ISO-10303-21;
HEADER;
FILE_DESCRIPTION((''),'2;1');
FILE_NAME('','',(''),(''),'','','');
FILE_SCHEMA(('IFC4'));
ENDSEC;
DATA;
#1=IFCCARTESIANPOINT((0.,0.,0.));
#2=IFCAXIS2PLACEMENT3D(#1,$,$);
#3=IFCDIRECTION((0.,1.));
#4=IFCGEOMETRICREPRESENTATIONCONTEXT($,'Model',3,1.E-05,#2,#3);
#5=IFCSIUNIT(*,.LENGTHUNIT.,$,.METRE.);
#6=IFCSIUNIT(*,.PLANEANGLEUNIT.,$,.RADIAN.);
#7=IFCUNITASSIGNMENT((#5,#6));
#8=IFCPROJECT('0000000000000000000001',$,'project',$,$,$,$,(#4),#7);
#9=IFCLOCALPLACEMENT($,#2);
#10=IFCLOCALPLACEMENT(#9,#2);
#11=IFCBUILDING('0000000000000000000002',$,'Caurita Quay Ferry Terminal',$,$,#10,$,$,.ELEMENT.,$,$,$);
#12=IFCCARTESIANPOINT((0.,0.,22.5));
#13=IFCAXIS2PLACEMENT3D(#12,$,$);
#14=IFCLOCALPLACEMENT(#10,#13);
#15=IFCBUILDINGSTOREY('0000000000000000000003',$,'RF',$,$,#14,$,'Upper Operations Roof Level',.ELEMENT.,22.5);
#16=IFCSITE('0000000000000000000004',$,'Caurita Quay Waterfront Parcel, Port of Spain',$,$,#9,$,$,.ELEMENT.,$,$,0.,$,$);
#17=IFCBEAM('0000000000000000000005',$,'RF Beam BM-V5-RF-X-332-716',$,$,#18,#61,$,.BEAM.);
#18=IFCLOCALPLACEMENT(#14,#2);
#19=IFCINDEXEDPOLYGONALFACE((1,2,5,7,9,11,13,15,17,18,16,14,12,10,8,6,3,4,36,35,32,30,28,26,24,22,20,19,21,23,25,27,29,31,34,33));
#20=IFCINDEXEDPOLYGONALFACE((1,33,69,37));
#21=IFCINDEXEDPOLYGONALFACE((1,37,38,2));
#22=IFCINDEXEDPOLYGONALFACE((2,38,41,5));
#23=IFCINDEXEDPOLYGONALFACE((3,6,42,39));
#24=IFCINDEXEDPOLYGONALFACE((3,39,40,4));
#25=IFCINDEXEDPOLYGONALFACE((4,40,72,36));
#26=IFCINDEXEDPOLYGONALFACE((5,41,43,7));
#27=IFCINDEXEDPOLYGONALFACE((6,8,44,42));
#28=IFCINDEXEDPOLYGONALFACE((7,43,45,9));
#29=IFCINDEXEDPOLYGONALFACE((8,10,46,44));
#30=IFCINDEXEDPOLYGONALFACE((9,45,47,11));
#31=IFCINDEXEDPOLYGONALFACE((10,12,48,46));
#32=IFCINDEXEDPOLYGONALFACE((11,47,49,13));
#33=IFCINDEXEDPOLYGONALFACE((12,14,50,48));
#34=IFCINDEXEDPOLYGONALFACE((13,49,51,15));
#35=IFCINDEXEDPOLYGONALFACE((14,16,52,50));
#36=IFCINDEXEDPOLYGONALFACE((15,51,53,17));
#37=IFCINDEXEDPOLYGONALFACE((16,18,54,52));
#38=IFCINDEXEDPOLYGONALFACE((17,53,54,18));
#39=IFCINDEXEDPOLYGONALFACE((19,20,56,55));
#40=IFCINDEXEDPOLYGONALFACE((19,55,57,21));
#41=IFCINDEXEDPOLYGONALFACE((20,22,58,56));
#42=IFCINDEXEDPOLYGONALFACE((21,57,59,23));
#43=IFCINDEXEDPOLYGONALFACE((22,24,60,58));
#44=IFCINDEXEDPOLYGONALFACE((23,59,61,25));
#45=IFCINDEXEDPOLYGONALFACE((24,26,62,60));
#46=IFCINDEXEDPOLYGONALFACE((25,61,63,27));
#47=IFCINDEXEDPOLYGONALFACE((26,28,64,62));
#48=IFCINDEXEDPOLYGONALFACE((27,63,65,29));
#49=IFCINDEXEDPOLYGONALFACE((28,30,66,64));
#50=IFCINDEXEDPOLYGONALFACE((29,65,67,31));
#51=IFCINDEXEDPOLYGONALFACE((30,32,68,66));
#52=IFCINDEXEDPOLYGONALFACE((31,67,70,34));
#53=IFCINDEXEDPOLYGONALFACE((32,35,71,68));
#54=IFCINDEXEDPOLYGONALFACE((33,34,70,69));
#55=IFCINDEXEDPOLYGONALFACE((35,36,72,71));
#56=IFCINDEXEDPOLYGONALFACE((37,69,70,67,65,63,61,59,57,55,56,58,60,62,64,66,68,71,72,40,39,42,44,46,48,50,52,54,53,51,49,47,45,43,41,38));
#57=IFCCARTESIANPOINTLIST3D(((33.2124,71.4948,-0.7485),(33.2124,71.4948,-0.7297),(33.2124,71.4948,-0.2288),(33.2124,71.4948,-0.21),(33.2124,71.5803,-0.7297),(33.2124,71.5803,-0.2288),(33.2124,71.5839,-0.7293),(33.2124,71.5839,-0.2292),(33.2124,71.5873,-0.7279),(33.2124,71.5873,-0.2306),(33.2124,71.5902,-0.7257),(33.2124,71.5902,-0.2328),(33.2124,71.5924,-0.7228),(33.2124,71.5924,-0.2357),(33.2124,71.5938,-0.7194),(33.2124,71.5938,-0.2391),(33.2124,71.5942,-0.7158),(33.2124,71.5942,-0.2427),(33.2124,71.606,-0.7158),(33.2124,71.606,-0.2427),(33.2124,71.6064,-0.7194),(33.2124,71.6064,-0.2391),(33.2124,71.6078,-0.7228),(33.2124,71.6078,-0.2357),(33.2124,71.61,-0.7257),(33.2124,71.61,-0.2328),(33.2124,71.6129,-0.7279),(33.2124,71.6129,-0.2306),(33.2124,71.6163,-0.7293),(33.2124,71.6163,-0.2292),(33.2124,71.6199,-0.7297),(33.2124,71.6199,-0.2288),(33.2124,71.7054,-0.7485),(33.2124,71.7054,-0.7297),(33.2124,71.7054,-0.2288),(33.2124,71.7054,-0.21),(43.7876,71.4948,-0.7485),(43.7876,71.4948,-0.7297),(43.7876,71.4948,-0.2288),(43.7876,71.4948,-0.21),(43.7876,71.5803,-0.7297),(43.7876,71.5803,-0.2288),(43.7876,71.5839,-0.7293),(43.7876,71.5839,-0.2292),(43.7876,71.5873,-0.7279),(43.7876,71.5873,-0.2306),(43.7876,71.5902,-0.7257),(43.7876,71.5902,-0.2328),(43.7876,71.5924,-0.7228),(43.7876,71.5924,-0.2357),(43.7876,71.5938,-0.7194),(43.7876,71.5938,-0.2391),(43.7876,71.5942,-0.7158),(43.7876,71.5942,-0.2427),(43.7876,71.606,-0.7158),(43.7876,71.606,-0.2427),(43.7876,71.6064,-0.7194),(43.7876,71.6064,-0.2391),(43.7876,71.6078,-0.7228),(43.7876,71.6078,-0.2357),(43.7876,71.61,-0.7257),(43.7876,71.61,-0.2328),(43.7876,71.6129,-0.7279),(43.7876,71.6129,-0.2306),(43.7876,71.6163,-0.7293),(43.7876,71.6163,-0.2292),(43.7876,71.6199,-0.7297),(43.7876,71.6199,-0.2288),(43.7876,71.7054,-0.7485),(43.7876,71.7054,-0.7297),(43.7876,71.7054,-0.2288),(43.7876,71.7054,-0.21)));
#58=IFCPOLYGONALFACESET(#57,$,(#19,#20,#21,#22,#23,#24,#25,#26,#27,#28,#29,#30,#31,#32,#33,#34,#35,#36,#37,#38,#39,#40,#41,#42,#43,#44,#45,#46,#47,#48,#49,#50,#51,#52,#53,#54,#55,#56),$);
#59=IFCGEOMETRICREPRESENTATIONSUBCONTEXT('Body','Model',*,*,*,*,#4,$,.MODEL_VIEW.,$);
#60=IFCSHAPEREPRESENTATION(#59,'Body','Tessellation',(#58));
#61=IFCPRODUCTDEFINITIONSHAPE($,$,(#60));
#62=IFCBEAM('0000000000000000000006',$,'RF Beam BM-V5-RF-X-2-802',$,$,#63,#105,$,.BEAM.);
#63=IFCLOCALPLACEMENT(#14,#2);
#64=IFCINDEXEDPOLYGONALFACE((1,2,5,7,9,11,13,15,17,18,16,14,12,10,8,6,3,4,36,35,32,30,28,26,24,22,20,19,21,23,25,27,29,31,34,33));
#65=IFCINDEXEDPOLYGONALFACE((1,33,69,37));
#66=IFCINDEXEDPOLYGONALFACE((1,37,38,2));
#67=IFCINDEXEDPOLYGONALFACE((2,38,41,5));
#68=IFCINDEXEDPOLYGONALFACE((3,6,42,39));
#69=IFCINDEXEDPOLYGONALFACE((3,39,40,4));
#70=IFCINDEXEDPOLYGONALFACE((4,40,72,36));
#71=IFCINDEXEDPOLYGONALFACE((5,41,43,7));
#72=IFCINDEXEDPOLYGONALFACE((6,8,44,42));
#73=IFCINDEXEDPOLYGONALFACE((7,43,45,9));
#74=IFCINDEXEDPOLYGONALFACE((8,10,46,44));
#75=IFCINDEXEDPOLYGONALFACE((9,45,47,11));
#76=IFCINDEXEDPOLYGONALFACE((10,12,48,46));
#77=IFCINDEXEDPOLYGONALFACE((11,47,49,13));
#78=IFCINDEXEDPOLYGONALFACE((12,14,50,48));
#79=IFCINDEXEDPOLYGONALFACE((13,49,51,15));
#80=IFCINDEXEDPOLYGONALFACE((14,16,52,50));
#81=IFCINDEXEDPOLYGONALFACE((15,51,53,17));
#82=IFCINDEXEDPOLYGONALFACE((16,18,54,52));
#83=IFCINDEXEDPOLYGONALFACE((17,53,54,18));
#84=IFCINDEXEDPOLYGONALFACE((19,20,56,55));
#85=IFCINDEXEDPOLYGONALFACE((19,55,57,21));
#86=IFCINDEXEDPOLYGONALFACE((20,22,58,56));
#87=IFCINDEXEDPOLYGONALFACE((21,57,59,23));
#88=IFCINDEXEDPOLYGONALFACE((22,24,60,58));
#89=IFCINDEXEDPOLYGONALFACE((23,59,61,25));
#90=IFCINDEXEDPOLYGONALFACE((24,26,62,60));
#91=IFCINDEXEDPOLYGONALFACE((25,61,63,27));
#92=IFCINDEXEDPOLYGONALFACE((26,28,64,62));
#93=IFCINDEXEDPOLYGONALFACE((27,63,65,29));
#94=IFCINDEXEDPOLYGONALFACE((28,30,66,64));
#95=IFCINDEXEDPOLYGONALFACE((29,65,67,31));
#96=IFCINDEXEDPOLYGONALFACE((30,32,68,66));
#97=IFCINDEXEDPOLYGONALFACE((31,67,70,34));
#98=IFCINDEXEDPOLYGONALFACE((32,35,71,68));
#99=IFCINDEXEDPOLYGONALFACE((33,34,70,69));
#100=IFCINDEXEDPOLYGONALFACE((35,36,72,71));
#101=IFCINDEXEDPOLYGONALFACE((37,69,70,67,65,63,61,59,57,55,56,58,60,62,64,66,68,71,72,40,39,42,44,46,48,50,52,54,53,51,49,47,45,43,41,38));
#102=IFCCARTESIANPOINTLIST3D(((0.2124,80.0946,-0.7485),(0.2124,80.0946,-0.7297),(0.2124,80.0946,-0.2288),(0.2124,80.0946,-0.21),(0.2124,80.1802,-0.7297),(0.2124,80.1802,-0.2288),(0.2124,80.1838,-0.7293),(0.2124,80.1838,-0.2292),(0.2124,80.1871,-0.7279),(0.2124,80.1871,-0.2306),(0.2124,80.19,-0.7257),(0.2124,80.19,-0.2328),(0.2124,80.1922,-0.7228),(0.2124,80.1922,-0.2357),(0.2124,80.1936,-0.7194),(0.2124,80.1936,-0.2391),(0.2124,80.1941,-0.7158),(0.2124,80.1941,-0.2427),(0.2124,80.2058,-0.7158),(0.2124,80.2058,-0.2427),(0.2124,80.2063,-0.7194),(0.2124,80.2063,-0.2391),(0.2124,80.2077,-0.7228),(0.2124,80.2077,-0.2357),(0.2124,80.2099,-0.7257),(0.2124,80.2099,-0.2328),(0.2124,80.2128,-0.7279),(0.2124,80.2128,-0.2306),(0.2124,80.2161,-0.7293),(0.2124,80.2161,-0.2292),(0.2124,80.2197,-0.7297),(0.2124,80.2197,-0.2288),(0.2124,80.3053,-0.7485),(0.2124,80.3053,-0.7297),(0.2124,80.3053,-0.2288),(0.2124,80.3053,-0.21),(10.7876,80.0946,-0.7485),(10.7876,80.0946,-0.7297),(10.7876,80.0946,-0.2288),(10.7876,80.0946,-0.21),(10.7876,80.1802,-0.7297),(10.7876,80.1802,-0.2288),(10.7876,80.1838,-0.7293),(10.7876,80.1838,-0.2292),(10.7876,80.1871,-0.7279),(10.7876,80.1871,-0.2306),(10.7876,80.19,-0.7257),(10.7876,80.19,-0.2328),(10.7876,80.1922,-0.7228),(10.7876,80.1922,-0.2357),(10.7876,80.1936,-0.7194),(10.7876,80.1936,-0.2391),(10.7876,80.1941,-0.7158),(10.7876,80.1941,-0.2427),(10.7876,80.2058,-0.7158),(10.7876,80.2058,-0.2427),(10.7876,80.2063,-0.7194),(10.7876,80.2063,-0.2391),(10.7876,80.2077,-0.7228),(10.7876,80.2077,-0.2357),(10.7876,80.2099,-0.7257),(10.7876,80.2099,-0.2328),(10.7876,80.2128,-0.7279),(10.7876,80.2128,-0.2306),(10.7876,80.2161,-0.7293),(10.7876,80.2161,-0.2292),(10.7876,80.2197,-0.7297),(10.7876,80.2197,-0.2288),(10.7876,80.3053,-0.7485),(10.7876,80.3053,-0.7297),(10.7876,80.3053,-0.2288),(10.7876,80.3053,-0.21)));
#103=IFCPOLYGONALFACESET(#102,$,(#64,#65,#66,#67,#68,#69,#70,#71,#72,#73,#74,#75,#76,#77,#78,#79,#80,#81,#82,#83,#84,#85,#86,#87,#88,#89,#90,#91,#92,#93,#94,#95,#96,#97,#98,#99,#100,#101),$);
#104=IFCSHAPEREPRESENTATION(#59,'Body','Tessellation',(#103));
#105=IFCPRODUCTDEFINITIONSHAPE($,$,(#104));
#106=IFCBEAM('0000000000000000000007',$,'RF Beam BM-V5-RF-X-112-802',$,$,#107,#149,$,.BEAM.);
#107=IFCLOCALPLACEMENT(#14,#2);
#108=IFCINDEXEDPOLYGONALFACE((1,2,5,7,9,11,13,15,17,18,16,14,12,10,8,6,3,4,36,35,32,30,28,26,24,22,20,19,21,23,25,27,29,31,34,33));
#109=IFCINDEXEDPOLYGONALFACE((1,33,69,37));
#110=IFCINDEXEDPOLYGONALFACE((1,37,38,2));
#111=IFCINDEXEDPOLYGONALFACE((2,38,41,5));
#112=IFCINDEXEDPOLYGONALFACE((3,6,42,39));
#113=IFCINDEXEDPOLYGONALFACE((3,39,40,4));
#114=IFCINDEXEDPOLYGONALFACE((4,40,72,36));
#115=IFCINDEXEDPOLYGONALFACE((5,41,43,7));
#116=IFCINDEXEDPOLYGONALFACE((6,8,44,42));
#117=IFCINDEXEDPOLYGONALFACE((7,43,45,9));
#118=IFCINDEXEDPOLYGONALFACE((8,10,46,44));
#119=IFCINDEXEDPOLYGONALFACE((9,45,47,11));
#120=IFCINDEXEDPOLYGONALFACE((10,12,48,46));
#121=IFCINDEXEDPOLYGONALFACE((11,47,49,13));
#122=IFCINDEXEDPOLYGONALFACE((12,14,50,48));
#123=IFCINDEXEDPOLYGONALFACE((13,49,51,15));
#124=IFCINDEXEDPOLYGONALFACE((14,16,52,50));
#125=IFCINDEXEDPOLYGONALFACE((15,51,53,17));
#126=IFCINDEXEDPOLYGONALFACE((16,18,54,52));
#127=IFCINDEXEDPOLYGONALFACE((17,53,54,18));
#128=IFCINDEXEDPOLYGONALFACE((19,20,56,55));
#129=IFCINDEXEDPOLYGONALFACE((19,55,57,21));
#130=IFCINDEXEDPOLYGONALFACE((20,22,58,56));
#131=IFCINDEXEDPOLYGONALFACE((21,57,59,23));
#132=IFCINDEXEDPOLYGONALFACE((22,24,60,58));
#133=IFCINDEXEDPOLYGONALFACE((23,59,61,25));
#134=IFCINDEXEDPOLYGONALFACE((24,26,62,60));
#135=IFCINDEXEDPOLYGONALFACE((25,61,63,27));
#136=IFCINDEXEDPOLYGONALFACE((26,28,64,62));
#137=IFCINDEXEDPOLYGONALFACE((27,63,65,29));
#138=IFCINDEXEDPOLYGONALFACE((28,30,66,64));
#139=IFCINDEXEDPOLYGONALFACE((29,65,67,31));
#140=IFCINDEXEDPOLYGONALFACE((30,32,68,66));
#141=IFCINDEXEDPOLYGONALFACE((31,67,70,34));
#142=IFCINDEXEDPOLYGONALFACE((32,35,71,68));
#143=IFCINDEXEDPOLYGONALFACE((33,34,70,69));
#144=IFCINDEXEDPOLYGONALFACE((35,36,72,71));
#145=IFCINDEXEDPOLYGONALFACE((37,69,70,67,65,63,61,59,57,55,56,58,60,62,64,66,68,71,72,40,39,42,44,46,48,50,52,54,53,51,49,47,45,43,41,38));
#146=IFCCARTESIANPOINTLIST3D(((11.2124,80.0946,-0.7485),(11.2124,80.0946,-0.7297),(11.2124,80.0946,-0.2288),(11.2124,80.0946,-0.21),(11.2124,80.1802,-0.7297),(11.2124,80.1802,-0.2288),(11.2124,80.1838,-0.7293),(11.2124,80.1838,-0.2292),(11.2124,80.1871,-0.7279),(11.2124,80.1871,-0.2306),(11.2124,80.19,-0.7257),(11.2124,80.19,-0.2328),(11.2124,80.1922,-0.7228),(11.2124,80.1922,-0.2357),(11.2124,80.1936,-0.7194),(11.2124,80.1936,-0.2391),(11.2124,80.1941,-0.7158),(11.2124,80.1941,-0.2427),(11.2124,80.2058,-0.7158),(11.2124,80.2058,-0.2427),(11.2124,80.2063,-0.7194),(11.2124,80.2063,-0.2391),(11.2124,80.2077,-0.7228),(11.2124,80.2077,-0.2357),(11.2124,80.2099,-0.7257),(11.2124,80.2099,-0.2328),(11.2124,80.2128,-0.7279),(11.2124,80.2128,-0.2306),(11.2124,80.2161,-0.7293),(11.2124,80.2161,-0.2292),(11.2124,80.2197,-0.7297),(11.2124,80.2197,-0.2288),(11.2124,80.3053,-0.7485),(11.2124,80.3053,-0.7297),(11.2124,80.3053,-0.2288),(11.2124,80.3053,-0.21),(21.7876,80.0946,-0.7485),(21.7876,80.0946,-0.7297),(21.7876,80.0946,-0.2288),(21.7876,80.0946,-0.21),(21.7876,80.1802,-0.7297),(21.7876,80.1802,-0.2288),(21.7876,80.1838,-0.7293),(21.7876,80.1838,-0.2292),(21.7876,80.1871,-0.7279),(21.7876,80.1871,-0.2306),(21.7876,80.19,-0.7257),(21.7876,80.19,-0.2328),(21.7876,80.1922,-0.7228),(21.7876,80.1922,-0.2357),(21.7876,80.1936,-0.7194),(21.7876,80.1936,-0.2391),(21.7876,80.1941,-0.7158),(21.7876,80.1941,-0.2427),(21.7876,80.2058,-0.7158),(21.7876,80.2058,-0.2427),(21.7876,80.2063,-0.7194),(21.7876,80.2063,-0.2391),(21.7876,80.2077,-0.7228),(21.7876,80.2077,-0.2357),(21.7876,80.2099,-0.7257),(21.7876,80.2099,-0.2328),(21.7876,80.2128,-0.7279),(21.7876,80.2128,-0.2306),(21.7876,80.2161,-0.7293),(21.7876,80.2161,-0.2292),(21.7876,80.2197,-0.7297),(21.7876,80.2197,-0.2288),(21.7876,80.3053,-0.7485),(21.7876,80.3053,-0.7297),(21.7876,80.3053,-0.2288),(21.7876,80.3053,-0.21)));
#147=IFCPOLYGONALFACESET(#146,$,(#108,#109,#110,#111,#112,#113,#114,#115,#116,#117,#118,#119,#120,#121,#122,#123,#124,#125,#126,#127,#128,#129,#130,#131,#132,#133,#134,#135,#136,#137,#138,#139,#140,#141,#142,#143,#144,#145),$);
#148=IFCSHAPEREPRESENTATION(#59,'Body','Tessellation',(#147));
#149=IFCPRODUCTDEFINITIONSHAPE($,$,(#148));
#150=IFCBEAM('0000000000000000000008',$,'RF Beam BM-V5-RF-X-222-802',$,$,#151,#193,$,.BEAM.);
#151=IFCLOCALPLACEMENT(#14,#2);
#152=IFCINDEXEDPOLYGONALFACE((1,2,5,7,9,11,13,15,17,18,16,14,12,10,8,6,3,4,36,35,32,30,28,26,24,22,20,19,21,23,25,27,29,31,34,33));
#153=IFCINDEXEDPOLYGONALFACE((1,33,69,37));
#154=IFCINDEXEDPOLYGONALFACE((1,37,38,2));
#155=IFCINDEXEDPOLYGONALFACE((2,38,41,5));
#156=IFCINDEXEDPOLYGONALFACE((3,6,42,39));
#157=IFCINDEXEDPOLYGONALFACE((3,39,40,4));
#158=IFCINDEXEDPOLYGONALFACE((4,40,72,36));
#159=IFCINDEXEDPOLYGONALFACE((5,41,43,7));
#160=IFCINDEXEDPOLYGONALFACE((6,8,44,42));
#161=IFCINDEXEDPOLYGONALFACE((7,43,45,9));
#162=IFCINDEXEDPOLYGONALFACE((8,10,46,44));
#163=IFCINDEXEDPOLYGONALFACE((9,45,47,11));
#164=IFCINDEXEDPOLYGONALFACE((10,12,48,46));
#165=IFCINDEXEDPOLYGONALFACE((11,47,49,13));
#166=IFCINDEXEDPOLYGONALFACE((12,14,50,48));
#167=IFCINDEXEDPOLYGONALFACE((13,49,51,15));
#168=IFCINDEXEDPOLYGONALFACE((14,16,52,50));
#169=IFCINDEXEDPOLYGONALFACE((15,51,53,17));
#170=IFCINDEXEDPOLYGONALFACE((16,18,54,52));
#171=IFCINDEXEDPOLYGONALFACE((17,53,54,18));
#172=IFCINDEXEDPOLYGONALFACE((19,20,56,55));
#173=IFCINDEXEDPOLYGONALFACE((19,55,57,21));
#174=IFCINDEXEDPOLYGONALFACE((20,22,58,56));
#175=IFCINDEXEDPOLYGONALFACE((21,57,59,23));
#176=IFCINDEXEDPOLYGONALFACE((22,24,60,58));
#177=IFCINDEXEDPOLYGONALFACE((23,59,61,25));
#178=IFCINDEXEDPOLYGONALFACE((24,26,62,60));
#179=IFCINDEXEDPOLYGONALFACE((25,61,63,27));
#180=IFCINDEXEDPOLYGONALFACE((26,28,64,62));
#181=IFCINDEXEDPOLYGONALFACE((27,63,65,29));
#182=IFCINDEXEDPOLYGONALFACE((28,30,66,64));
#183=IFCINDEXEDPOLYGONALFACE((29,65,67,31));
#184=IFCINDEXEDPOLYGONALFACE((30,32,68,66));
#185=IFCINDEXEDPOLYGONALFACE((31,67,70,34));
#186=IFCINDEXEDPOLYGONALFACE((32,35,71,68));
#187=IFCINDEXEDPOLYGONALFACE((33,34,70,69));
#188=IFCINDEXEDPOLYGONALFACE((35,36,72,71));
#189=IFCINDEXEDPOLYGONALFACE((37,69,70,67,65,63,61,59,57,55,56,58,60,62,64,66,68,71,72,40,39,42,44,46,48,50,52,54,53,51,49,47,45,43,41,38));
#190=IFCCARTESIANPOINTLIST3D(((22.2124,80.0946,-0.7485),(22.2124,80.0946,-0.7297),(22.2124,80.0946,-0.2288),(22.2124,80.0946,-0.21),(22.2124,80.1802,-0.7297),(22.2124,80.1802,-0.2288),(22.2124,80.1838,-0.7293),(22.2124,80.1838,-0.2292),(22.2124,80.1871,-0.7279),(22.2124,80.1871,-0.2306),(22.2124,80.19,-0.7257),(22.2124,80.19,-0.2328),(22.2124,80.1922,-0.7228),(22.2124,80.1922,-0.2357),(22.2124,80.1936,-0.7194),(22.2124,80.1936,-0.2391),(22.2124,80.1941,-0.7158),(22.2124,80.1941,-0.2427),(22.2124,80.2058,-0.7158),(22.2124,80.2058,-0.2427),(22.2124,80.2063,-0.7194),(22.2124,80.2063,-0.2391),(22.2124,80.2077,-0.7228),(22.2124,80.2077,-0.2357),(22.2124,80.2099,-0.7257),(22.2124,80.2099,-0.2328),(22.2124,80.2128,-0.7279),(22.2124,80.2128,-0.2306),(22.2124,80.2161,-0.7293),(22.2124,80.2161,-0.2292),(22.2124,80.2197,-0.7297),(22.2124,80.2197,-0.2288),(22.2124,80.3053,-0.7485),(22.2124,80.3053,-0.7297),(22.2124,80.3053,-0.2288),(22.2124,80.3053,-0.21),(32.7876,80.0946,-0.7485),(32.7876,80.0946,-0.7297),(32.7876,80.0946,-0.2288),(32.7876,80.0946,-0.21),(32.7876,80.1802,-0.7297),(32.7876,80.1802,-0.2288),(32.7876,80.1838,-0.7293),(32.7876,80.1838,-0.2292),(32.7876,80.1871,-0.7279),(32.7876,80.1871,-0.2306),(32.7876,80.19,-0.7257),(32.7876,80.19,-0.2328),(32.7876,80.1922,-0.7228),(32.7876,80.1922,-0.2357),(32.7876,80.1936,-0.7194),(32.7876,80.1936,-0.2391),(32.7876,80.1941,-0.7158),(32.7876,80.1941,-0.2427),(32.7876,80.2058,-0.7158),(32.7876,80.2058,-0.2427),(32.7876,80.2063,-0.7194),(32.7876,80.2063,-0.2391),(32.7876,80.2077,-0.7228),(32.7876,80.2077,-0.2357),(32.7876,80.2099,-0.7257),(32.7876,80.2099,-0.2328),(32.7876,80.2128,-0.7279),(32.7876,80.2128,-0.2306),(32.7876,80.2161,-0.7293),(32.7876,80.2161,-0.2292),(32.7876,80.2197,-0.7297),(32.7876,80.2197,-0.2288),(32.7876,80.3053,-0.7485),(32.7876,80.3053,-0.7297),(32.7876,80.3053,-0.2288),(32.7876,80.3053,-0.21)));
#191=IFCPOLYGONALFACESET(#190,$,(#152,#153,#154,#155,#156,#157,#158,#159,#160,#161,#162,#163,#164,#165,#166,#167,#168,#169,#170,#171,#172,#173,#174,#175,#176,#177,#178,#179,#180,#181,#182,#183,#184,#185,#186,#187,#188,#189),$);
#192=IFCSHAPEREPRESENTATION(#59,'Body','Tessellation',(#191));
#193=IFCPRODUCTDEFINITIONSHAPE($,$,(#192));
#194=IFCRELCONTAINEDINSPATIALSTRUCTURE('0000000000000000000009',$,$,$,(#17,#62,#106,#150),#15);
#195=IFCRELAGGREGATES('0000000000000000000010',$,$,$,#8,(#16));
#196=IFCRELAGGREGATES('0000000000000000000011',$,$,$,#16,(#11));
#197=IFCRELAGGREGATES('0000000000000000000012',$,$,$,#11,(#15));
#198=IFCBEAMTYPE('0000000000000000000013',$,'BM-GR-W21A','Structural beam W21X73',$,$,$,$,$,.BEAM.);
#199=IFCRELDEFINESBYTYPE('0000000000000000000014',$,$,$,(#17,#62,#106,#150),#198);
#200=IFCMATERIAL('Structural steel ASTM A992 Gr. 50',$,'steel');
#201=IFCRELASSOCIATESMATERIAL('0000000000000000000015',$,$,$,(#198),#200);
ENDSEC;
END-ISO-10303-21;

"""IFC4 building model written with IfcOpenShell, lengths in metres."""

from ifc_helpers import new_model, si_unit, direction, frame, origin, origin_2d, place, context, subcontext, project, spatial, i_section, extrude, material, material_profile, profile_set, type_object, element, save


model = new_model("IFC4")

# Units and contexts
model_context = context("Model", 3, precision=1e-05, world=origin(), true_north=direction((0.0, 1.0)))
body_context = subcontext(model_context, "Body", "Model", "MODEL_VIEW")
ifc_project = project(units=[si_unit("LENGTHUNIT", "METRE"), si_unit("PLANEANGLEUNIT", "RADIAN")], contexts=[model_context])

# Site, building, storey
site_placement = place(None, origin())
site = spatial("IfcSite", under=ifc_project, at=site_placement, Name="Caurita Quay Waterfront Parcel, Port of Spain", CompositionType="ELEMENT", RefElevation=0.0)
building_placement = place(site_placement, origin())
building = spatial("IfcBuilding", under=site, at=building_placement, Name="Caurita Quay Ferry Terminal", CompositionType="ELEMENT")
storey_placement = place(building_placement, frame((0.0, 0.0, 22.5)))
storey = spatial("IfcBuildingStorey", under=building, at=storey_placement, Name="RF", LongName="Upper Operations Roof Level", CompositionType="ELEMENT", Elevation=22.5)

# Beams
ifc_material_1 = material(Name="Structural steel ASTM A992 Gr. 50", Category="steel")
ifc_material_profile_1 = material_profile(ifc_material_1, i_section(OverallWidth=0.2107, OverallDepth=0.5386, WebThickness=0.0117, FlangeThickness=0.0188, FilletRadius=0.0139, at=origin_2d()), Name="W21X73")
ifc_profile_set_1 = profile_set([ifc_material_profile_1], Name="Structural steel ASTM A992 Gr. 50")
beam_type_1 = type_object("IfcBeamType", Name="BM-GR-W21A", Description="Structural beam W21X73", PredefinedType="BEAM", material=ifc_profile_set_1)
for number, where, z_axis, x_axis, name in (
    (1, (33.2124, 71.6001, -0.4792), (1.0, 0.0, 0.0), (0.0, 1.0, 0.0), "RF Beam BM-V5-RF-X-332-716"),
    (2, (0.2124, 80.2, -0.4792), (1.0, 0.0, 0.0), (0.0, 1.0, 0.0), "RF Beam BM-V5-RF-X-2-802"),
    (3, (11.2124, 80.2, -0.4792), (1.0, 0.0, 0.0), (0.0, 1.0, 0.0), "RF Beam BM-V5-RF-X-112-802"),
    (4, (22.2124, 80.2, -0.4792), (1.0, 0.0, 0.0), (0.0, 1.0, 0.0), "RF Beam BM-V5-RF-X-222-802"),
):
    element("IfcBeam", number, at=place(storey_placement, frame(where, z_axis=z_axis, x_axis=x_axis)), inside=storey, type_object=beam_type_1, Name=name, PredefinedType="BEAM", context=body_context, shape_type="SweptSolid", body=[
        extrude(i_section(OverallWidth=0.2107, OverallDepth=0.5386, WebThickness=0.0117, FlangeThickness=0.0188, FilletRadius=0.0139, at=origin_2d()), origin(), (0.0, 0.0, 1.0), 10.5752),
    ])

save(model, "model.ifc")
